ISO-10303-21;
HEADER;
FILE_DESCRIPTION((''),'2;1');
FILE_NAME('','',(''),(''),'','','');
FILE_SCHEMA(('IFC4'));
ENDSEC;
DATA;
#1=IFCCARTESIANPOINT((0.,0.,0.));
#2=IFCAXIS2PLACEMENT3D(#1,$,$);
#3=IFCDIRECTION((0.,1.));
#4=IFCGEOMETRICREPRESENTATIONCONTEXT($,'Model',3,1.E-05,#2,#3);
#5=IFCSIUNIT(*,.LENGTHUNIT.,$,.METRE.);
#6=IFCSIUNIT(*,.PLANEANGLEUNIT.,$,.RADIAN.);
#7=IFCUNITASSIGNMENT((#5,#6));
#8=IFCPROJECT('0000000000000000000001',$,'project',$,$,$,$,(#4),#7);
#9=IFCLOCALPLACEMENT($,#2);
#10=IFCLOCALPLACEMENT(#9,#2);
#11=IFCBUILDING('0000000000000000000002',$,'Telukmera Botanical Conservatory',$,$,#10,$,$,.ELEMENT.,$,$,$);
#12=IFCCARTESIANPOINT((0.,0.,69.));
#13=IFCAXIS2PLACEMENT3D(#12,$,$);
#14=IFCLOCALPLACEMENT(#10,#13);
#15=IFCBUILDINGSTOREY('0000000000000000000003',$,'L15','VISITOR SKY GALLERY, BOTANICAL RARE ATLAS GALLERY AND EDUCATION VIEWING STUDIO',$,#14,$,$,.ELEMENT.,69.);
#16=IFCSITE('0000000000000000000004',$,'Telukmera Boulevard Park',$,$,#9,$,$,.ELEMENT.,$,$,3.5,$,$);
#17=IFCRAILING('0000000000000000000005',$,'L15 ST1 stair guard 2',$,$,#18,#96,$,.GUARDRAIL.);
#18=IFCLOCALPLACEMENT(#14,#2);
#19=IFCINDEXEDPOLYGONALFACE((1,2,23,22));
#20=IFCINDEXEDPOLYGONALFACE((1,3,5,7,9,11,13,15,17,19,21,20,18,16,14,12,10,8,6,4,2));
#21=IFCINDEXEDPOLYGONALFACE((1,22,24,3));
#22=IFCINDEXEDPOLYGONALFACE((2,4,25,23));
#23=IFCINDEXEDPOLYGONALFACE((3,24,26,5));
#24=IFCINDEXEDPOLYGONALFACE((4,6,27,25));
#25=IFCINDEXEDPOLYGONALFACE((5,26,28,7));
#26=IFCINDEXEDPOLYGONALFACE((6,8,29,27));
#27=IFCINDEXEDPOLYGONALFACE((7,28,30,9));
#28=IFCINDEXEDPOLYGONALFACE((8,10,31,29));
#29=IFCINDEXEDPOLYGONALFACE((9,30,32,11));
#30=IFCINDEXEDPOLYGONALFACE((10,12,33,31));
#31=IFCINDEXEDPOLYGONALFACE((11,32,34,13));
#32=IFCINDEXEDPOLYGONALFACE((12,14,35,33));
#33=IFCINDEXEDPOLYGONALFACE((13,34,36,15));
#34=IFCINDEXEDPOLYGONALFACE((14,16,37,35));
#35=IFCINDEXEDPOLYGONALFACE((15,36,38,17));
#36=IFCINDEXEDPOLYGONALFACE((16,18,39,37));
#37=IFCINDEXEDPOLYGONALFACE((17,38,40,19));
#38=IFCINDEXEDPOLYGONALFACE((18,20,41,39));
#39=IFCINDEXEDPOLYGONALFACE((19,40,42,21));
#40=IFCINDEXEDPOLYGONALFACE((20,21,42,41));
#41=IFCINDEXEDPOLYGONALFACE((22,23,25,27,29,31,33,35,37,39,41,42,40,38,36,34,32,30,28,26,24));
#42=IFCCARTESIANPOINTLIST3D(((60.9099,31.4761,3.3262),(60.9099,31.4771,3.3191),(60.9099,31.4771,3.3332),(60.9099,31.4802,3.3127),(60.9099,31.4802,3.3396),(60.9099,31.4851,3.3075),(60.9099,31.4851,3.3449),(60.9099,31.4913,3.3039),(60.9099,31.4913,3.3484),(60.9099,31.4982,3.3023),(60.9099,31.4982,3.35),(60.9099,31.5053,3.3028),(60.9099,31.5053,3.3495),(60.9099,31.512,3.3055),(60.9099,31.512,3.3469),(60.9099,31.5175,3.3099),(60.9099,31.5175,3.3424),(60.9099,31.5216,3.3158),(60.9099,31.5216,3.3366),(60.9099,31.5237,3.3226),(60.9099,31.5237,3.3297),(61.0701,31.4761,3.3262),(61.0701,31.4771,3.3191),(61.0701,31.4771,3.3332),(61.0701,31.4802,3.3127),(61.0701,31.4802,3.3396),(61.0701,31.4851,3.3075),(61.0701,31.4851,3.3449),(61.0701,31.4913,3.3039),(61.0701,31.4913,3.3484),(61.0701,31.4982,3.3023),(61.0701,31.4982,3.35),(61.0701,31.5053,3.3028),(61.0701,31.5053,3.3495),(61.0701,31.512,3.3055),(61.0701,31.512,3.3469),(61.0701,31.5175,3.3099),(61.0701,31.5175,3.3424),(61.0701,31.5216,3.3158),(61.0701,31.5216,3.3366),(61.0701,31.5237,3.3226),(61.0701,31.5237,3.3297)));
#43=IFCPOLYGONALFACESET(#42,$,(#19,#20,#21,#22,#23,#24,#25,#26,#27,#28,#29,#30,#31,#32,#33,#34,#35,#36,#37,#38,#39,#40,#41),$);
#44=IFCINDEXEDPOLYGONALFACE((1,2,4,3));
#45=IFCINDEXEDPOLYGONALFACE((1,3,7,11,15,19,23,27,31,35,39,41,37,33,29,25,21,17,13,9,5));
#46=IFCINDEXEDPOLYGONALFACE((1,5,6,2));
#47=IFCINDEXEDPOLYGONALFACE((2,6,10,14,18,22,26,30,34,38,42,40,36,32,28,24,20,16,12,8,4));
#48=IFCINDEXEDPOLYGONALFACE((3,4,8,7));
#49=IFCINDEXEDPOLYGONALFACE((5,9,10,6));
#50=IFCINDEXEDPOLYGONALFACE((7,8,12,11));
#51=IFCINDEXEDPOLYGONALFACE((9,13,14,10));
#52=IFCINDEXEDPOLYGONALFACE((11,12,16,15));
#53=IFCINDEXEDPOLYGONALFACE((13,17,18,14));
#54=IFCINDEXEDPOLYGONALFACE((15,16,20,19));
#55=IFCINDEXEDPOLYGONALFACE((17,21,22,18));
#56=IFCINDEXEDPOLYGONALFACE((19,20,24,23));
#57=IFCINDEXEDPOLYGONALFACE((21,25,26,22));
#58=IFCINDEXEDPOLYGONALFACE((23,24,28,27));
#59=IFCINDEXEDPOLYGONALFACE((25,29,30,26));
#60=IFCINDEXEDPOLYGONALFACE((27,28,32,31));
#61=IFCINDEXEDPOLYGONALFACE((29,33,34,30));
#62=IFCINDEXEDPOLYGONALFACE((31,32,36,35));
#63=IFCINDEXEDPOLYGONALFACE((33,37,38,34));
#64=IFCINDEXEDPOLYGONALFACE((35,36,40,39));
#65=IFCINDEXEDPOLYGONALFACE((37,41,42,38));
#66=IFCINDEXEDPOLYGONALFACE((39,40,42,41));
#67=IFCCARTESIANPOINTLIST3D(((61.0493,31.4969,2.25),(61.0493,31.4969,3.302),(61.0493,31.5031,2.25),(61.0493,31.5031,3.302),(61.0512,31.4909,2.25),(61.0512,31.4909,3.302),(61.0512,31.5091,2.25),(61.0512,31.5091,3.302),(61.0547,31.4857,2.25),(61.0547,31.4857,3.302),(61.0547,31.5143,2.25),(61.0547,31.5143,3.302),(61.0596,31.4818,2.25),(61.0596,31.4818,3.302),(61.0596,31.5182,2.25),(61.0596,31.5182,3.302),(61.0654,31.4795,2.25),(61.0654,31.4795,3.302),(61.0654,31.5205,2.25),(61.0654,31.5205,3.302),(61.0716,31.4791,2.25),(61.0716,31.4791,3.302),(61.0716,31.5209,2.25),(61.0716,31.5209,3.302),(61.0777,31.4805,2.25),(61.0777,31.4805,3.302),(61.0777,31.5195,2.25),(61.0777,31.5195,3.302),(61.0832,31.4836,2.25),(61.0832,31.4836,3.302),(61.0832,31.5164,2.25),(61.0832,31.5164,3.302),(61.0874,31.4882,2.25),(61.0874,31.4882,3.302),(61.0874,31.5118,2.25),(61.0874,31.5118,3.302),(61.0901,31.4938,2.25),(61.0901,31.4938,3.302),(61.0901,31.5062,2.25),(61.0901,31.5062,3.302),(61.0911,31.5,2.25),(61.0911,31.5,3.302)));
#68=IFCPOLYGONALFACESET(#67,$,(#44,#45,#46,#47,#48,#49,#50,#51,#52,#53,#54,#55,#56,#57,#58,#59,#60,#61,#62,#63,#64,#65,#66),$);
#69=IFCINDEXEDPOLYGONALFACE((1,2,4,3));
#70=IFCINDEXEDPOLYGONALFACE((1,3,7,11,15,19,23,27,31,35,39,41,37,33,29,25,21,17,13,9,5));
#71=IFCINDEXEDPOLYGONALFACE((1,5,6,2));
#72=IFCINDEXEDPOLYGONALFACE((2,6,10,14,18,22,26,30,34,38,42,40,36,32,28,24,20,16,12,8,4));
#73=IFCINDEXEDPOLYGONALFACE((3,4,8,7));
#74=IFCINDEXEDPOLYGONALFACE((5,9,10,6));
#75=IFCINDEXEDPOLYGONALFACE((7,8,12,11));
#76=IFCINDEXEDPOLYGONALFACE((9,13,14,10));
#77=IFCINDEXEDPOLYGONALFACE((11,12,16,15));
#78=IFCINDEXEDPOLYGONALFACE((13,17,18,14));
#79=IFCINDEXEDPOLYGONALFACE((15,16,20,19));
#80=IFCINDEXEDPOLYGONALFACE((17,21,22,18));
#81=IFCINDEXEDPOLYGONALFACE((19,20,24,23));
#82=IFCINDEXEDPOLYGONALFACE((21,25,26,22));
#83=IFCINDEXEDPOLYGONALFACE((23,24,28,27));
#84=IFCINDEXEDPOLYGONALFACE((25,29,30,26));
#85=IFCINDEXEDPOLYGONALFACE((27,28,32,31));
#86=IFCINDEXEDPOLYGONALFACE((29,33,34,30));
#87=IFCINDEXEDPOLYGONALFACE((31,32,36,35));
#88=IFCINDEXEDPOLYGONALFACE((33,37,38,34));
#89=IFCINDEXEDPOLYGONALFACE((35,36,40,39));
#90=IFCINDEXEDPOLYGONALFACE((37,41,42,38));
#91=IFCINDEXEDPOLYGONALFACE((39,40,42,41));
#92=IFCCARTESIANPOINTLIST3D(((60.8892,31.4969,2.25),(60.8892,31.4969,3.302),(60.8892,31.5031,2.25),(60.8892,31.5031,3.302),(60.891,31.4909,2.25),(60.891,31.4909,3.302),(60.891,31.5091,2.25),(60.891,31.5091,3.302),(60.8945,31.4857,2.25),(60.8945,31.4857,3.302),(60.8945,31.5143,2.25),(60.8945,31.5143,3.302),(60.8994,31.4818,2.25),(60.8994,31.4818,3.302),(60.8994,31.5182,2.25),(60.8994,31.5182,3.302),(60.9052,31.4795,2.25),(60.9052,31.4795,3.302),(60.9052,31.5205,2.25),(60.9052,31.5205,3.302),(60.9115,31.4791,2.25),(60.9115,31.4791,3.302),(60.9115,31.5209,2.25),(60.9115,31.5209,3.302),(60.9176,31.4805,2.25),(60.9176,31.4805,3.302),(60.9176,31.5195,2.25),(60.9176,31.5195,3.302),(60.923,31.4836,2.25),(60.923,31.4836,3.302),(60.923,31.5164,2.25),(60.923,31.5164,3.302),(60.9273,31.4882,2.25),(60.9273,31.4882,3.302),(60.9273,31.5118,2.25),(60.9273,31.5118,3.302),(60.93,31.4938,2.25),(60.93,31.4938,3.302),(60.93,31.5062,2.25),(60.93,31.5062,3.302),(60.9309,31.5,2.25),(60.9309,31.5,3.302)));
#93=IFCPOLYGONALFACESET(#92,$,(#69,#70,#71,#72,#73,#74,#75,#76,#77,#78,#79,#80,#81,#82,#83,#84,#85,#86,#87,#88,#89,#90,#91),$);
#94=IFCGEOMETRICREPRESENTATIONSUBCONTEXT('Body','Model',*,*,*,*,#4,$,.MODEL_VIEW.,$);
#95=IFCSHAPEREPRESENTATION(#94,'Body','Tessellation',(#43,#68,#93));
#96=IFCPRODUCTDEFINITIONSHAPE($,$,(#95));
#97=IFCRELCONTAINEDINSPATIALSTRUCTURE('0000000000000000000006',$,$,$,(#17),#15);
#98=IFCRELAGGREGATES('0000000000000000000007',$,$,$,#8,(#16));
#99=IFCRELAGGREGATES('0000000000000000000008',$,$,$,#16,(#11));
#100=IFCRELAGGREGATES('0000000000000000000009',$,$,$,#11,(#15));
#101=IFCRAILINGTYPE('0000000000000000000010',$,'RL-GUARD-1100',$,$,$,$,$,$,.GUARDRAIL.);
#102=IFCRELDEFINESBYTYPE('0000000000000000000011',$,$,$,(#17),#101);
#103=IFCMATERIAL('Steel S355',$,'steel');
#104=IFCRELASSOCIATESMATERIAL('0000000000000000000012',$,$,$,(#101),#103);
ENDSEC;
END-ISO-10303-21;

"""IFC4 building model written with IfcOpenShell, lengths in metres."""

from ifc_helpers import new_model, si_unit, direction, frame, origin, origin_2d, place, context, subcontext, project, spatial, circle, extrude, material, type_object, element, save


model = new_model("IFC4")

# Units and contexts
model_context = context("Model", 3, precision=1e-05, world=origin(), true_north=direction((0.0, 1.0)))
body_context = subcontext(model_context, "Body", "Model", "MODEL_VIEW")
ifc_project = project(units=[si_unit("LENGTHUNIT", "METRE"), si_unit("PLANEANGLEUNIT", "RADIAN")], contexts=[model_context])

# Site, building, storey
site_placement = place(None, origin())
site = spatial("IfcSite", under=ifc_project, at=site_placement, Name="Telukmera Boulevard Park", CompositionType="ELEMENT", RefElevation=3.5)
building_placement = place(site_placement, origin())
building = spatial("IfcBuilding", under=site, at=building_placement, Name="Telukmera Botanical Conservatory", CompositionType="ELEMENT")
storey_placement = place(building_placement, frame((0.0, 0.0, 69.0)))
storey = spatial("IfcBuildingStorey", under=building, at=storey_placement, Name="L15", Description="VISITOR SKY GALLERY, BOTANICAL RARE ATLAS GALLERY AND EDUCATION VIEWING STUDIO", CompositionType="ELEMENT", Elevation=69.0)

# Railing
ifc_material_1 = material(Name="Steel S355", Category="steel")
railing_type_1 = type_object("IfcRailingType", Name="RL-GUARD-1100", PredefinedType="GUARDRAIL", material=ifc_material_1)
railing_1_placement = place(storey_placement, frame((61.0701, 31.5, 2.25)))
element("IfcRailing", 1, at=railing_1_placement, inside=storey, type_object=railing_type_1, Name="L15 ST1 stair guard 2", PredefinedType="GUARDRAIL", context=body_context, shape_type="SweptSolid", body=[
    extrude(circle(Radius=0.0239, at=origin_2d()), frame((0.0, 0.0, 1.0762), z_axis=(-1.0, 0.0, 0.0), x_axis=(0.0, -1.0, 0.0)), (0.0, 0.0, 1.0), 0.1602),
    extrude(circle(Radius=0.021, at=origin_2d()), origin(), (0.0, 0.0, 1.0), 1.052),
    extrude(circle(Radius=0.021, at=origin_2d()), frame((-0.1602, 0.0, 0.0)), (0.0, 0.0, 1.0), 1.052),
])

save(model, "model.ifc")
